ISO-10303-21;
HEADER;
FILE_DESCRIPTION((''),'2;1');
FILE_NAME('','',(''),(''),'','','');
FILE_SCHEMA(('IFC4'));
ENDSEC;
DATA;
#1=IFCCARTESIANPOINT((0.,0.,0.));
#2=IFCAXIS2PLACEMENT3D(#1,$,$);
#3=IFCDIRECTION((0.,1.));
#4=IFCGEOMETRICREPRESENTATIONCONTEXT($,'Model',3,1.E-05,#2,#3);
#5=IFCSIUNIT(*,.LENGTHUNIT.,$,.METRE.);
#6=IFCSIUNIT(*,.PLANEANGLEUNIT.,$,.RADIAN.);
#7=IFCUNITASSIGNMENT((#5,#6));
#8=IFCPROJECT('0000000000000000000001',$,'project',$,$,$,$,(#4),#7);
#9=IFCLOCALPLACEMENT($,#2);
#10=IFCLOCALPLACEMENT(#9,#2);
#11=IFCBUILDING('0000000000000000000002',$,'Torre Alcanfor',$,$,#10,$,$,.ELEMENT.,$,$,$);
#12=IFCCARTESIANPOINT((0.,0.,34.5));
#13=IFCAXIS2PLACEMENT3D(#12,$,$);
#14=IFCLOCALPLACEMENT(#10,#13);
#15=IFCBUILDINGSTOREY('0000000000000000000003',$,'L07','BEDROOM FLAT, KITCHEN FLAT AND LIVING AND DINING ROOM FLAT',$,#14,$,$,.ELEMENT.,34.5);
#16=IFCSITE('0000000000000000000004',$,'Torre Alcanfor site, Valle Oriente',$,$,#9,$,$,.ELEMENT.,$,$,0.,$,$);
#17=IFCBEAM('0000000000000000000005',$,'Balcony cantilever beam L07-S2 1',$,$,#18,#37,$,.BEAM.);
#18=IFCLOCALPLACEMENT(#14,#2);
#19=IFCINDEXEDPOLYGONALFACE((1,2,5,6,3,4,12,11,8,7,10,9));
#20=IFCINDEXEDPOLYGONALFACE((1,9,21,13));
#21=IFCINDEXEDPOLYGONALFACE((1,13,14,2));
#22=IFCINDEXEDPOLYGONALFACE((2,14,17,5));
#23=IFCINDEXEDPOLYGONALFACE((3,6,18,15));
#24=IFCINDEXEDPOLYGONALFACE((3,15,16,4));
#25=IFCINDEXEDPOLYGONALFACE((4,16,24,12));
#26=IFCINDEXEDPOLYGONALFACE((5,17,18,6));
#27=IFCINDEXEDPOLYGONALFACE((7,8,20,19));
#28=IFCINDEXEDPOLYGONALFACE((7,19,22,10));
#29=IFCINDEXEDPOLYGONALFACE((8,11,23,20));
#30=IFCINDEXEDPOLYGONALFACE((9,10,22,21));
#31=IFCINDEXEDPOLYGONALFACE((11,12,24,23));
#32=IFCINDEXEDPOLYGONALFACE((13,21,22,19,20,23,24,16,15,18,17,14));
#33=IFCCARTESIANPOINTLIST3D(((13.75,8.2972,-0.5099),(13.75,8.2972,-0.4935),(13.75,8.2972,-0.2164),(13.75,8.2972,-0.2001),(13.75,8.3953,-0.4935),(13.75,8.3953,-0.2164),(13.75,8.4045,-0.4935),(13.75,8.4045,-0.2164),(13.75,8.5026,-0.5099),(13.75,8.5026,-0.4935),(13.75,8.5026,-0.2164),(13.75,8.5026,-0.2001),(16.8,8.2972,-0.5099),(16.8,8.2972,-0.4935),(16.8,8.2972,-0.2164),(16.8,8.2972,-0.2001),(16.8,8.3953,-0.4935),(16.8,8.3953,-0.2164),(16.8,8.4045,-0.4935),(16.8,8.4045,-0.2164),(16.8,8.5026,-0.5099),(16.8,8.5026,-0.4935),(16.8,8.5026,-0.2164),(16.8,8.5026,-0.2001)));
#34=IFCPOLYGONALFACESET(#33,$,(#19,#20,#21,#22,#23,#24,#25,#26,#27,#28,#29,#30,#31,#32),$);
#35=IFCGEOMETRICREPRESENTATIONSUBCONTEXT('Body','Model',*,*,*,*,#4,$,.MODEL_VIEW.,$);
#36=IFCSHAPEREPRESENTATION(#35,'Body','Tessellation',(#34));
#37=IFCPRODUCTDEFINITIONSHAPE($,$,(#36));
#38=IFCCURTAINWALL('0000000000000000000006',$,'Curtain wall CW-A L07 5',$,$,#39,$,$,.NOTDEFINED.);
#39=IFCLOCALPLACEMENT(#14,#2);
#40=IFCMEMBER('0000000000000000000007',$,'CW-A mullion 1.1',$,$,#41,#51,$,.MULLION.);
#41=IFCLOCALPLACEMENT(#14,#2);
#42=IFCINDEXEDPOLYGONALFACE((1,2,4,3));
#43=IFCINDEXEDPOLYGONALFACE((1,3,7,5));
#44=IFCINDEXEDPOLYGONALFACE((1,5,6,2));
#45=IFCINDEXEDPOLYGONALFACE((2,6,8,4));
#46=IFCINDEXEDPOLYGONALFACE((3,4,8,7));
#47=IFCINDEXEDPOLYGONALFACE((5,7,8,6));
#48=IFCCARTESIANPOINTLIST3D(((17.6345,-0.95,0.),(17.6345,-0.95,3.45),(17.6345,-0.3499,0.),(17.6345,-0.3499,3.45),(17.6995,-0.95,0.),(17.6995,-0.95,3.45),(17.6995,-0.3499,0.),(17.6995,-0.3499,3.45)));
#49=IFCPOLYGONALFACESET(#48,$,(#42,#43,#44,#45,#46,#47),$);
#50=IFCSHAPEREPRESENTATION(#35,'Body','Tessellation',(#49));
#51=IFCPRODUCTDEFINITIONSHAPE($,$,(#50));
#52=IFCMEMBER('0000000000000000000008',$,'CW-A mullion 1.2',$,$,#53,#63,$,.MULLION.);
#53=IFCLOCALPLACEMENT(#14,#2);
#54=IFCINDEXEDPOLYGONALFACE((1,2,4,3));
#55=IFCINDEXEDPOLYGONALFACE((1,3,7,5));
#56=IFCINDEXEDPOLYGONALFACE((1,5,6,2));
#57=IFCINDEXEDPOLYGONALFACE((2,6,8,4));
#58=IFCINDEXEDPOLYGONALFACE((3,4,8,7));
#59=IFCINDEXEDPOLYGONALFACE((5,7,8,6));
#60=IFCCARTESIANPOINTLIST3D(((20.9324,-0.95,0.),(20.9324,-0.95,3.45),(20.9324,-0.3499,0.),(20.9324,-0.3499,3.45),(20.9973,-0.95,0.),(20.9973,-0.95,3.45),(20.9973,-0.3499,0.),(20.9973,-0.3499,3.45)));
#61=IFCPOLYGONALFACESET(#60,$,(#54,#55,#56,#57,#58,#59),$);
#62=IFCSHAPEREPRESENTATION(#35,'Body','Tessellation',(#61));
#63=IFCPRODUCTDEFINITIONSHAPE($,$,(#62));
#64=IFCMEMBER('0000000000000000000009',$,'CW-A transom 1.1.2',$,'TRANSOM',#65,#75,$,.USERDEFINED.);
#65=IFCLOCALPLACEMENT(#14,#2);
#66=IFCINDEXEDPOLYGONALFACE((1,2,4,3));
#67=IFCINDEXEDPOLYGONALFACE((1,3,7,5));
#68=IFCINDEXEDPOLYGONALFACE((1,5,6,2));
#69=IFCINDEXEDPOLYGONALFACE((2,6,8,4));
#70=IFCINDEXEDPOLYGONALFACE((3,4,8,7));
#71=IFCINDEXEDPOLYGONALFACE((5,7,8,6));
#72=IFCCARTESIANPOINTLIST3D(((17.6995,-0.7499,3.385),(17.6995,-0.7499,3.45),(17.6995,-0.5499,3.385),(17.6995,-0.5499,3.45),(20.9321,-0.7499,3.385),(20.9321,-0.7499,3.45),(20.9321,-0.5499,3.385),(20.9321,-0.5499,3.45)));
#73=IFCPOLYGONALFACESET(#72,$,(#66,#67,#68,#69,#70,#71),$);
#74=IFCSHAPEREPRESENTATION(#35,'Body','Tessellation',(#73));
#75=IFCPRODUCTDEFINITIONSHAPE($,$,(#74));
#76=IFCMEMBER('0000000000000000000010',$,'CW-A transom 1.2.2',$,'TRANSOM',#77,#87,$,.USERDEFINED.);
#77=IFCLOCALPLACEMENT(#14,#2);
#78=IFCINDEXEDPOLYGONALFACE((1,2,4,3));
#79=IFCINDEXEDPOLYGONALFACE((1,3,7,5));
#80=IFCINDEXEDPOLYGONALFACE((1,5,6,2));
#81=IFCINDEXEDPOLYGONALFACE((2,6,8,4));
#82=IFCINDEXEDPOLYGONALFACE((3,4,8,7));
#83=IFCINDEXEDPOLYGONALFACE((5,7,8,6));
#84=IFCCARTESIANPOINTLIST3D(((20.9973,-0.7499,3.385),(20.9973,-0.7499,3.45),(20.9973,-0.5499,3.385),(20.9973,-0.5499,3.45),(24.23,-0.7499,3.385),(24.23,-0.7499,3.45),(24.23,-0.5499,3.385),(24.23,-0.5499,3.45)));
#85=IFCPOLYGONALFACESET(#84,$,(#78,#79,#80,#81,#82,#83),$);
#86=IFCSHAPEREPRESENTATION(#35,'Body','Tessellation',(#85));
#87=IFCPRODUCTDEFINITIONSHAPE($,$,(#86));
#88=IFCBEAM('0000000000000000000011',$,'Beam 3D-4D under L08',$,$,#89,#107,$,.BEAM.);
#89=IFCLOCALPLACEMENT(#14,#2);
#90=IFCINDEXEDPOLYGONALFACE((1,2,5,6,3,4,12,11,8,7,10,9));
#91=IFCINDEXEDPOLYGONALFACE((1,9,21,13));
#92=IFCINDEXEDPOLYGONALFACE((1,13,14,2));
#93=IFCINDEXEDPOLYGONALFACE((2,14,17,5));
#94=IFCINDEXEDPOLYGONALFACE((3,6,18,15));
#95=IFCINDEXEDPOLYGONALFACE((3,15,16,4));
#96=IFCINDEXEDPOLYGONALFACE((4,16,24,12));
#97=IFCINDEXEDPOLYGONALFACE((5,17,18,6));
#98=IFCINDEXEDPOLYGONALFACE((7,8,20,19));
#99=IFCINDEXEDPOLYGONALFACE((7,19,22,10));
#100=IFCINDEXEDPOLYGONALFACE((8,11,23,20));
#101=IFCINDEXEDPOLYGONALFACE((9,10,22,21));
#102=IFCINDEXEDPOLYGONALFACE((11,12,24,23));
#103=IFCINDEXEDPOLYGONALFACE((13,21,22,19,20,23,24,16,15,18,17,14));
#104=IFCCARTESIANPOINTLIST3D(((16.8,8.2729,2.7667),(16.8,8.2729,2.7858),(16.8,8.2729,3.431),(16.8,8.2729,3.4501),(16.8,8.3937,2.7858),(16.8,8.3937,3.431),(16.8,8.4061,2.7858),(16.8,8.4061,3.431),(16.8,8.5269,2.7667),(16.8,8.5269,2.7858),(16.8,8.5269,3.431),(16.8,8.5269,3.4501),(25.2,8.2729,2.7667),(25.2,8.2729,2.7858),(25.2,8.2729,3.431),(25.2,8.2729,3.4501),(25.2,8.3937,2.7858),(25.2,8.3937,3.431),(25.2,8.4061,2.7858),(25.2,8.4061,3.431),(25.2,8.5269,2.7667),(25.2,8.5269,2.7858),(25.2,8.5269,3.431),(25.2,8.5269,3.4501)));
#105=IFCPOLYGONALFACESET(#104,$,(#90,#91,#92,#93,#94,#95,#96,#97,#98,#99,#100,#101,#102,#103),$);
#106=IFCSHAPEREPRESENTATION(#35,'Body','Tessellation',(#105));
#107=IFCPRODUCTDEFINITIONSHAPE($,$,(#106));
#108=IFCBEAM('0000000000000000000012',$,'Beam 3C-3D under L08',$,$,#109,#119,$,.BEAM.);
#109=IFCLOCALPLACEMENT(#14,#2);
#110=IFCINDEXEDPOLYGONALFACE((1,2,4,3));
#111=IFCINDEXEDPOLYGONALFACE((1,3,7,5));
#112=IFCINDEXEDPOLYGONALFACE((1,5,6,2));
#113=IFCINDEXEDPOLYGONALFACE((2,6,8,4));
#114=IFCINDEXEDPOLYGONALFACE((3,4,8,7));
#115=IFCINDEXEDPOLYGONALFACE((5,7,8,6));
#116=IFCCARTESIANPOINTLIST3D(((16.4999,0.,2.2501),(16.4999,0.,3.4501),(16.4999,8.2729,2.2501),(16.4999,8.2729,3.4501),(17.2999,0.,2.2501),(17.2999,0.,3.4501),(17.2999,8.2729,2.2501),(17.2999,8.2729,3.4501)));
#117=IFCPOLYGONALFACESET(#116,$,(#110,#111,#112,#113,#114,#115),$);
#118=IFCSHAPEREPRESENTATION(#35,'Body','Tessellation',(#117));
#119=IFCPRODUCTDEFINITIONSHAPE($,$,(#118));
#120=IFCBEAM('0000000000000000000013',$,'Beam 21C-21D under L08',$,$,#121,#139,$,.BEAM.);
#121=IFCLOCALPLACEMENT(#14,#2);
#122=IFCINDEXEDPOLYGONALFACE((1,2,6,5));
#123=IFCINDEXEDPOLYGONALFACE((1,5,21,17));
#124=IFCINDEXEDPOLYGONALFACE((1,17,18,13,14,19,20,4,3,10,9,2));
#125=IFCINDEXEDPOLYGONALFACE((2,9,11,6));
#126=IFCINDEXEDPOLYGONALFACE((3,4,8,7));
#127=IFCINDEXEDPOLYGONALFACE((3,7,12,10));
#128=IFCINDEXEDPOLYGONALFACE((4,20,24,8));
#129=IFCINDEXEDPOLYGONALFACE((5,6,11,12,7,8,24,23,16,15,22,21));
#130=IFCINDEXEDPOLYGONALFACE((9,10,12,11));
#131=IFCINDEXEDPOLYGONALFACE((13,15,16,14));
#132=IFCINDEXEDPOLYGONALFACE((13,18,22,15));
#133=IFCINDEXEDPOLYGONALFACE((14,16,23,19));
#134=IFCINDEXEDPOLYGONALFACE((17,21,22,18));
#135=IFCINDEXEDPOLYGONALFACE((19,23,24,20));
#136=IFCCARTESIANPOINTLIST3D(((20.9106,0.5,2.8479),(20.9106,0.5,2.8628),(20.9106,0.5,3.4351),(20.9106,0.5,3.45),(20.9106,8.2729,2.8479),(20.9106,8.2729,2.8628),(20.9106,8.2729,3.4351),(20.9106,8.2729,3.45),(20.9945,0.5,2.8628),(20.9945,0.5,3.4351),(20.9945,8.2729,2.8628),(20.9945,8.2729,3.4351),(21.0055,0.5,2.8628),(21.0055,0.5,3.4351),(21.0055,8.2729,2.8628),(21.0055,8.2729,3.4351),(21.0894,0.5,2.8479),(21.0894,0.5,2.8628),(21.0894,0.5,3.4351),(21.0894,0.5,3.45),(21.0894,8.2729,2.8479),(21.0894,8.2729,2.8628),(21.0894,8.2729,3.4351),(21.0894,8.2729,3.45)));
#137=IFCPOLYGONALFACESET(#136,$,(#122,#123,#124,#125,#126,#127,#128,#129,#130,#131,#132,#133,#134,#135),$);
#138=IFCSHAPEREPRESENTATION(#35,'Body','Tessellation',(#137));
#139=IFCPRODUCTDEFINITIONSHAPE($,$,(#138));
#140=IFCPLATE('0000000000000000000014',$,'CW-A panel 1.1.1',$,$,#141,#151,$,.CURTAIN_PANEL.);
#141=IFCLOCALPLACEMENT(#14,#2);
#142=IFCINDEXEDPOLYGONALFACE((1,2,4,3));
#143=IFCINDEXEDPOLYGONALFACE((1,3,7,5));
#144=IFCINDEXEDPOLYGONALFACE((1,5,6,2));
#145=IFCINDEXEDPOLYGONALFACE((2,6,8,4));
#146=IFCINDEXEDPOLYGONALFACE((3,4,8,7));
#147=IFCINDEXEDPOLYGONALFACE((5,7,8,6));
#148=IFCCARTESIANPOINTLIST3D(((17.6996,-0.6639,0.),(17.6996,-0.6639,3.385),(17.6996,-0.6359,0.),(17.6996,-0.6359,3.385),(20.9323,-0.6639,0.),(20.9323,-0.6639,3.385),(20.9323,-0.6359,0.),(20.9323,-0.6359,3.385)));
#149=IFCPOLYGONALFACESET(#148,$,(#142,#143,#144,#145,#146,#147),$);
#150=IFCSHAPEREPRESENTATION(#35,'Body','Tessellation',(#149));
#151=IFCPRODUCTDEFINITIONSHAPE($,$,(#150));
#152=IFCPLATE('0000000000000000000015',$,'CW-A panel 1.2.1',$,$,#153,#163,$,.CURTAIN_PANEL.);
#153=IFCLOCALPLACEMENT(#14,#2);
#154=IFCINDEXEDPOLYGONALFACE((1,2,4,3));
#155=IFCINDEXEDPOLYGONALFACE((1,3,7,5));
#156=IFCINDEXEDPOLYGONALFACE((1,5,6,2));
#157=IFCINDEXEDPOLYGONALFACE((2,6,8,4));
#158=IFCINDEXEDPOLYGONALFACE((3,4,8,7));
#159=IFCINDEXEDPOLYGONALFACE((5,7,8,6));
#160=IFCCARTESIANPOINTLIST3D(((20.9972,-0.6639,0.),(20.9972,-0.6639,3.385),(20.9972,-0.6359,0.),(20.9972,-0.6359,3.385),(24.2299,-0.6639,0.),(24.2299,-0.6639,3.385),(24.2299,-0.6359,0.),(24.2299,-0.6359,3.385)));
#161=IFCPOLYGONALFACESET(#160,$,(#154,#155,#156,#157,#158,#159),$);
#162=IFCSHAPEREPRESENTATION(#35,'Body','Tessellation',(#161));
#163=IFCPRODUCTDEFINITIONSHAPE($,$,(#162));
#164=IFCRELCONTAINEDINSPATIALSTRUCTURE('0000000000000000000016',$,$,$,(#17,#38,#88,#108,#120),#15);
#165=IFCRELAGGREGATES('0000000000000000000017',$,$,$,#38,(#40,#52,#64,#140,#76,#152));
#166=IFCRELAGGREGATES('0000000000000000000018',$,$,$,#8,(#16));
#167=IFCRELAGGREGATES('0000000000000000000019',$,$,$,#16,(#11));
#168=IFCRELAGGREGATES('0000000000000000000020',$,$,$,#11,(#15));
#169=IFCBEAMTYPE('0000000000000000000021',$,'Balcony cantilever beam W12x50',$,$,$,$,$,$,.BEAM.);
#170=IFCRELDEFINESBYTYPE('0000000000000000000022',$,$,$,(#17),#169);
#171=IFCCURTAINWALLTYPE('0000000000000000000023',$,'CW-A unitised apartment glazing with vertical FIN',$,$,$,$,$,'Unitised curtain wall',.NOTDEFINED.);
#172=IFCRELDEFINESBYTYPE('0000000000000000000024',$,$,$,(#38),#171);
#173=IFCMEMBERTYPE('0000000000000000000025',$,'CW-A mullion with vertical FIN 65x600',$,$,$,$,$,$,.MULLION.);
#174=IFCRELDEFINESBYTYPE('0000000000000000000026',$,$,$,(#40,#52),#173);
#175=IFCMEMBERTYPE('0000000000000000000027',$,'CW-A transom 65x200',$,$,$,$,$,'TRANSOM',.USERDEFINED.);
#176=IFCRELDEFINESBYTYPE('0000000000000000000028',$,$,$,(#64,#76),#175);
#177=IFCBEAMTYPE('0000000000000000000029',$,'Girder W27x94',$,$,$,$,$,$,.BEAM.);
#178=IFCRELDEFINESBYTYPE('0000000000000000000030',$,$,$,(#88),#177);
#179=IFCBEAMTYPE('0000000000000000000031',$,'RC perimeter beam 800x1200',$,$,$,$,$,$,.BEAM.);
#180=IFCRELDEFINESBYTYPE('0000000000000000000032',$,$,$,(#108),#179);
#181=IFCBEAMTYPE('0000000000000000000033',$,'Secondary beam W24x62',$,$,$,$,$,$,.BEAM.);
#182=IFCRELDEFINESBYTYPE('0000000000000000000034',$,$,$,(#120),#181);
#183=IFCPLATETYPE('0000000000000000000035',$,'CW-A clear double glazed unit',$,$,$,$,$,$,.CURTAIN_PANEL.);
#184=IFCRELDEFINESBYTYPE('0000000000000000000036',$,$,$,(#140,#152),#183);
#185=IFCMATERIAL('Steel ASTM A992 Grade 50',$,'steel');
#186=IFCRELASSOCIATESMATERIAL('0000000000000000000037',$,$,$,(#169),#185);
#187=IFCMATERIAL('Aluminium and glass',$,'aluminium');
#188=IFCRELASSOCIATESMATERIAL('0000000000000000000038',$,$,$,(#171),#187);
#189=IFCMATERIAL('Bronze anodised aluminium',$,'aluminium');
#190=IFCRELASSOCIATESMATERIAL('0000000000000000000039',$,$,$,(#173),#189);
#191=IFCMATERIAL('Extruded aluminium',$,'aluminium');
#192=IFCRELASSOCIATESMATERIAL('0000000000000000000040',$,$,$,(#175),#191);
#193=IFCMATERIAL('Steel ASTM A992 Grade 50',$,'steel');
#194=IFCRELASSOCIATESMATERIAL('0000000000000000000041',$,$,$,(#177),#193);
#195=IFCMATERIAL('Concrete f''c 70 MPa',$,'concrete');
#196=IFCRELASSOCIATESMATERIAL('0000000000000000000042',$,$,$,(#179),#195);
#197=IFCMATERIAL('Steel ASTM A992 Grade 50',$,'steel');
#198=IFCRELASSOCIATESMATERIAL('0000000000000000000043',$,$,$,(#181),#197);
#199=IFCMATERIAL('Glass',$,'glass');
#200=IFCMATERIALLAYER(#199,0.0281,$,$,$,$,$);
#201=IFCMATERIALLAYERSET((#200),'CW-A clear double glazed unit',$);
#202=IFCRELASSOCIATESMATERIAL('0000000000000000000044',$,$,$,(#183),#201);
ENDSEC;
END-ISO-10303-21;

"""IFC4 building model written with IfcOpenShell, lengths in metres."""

from ifc_helpers import new_model, si_unit, direction, frame, origin, origin_2d, place, context, subcontext, project, spatial, rectangle, i_section, extrude, material, layer, layer_set, material_profile, profile_set, type_object, element, aggregate, save


model = new_model("IFC4")

# Units and contexts
model_context = context("Model", 3, precision=1e-05, world=origin(), true_north=direction((0.0, 1.0)))
body_context = subcontext(model_context, "Body", "Model", "MODEL_VIEW")
ifc_project = project(units=[si_unit("LENGTHUNIT", "METRE"), si_unit("PLANEANGLEUNIT", "RADIAN")], contexts=[model_context])

# Site, building, storey
site_placement = place(None, origin())
site = spatial("IfcSite", under=ifc_project, at=site_placement, Name="Torre Alcanfor site, Valle Oriente", CompositionType="ELEMENT", RefElevation=0.0)
building_placement = place(site_placement, origin())
building = spatial("IfcBuilding", under=site, at=building_placement, Name="Torre Alcanfor", CompositionType="ELEMENT")
storey_placement = place(building_placement, frame((0.0, 0.0, 34.5)))
storey = spatial("IfcBuildingStorey", under=building, at=storey_placement, Name="L07", Description="BEDROOM FLAT, KITCHEN FLAT AND LIVING AND DINING ROOM FLAT", CompositionType="ELEMENT", Elevation=34.5)

# Beam
ifc_material_1 = material(Name="Steel ASTM A992 Grade 50", Category="steel")
ifc_material_profile_1 = material_profile(ifc_material_1, i_section(OverallWidth=0.2053, OverallDepth=0.3098, WebThickness=0.0093, FlangeThickness=0.0164, at=origin_2d()), Name="W12x50")
ifc_profile_set_1 = profile_set([ifc_material_profile_1], Name="Steel ASTM A992 Grade 50")
beam_type_1 = type_object("IfcBeamType", Name="Balcony cantilever beam W12x50", PredefinedType="BEAM", material=ifc_profile_set_1)
beam_1_placement = place(storey_placement, frame((16.8, 8.3999, -0.355), z_axis=(-1.0, 0.0, 0.0), x_axis=(0.0, -1.0, 0.0)))
element("IfcBeam", 1, at=beam_1_placement, inside=storey, type_object=beam_type_1, Name="Balcony cantilever beam L07-S2 1", PredefinedType="BEAM", context=body_context, shape_type="SweptSolid", body=[
    extrude(i_section(OverallWidth=0.2053, OverallDepth=0.3098, WebThickness=0.0093, FlangeThickness=0.0164, at=origin_2d()), origin(), (0.0, 0.0, 1.0), 3.05),
])

# Curtain wall, members
ifc_material_2 = material(Name="Aluminium and glass", Category="aluminium")
curtain_wall_type = type_object("IfcCurtainWallType", Name="CW-A unitised apartment glazing with vertical FIN", ElementType="Unitised curtain wall", PredefinedType="NOTDEFINED", material=ifc_material_2)
curtain_wall_placement = place(storey_placement, origin())
curtain_wall = element("IfcCurtainWall", 2, at=curtain_wall_placement, inside=storey, type_object=curtain_wall_type, Name="Curtain wall CW-A L07 5", PredefinedType="NOTDEFINED")
ifc_material_3 = material(Name="Bronze anodised aluminium", Category="aluminium")
ifc_material_profile_2 = material_profile(ifc_material_3, rectangle(XDim=0.6001, YDim=0.0649, at=origin_2d()), Name="CW-A mullion 65x600")
ifc_profile_set_2 = profile_set([ifc_material_profile_2], Name="Bronze anodised aluminium")
member_type_1 = type_object("IfcMemberType", Name="CW-A mullion with vertical FIN 65x600", PredefinedType="MULLION", material=ifc_profile_set_2)
member_1_placement = place(storey_placement, frame((17.667, -0.6499, 0.0), z_axis=(0.0, 0.0, 1.0), x_axis=(0.0, 1.0, 0.0)))
member_1 = element("IfcMember", 3, at=member_1_placement, type_object=member_type_1, Name="CW-A mullion 1.1", PredefinedType="MULLION", context=body_context, shape_type="SweptSolid", body=[
    extrude(rectangle(XDim=0.6001, YDim=0.0649, at=origin_2d()), origin(), (0.0, 0.0, 1.0), 3.45),
])
member_2_placement = place(storey_placement, frame((20.9648, -0.6499, 0.0), z_axis=(0.0, 0.0, 1.0), x_axis=(0.0, 1.0, 0.0)))
member_2 = element("IfcMember", 4, at=member_2_placement, type_object=member_type_1, Name="CW-A mullion 1.2", PredefinedType="MULLION", context=body_context, shape_type="SweptSolid", body=[
    extrude(rectangle(XDim=0.6001, YDim=0.0649, at=origin_2d()), origin(), (0.0, 0.0, 1.0), 3.45),
])
ifc_material_4 = material(Name="Extruded aluminium", Category="aluminium")
ifc_material_profile_3 = material_profile(ifc_material_4, rectangle(XDim=0.2, YDim=0.0649, at=origin_2d()), Name="CW-A transom 200x65")
ifc_profile_set_3 = profile_set([ifc_material_profile_3], Name="Extruded aluminium")
member_type_2 = type_object("IfcMemberType", Name="CW-A transom 65x200", ElementType="TRANSOM", PredefinedType="USERDEFINED", material=ifc_profile_set_3)
member_3_placement = place(storey_placement, frame((17.6995, -0.6499, 3.4175), z_axis=(1.0, 0.0, 0.0), x_axis=(0.0, 1.0, 0.0)))
member_3 = element("IfcMember", 5, at=member_3_placement, type_object=member_type_2, Name="CW-A transom 1.1.2", ObjectType="TRANSOM", PredefinedType="USERDEFINED", context=body_context, shape_type="SweptSolid", body=[
    extrude(rectangle(XDim=0.2, YDim=0.0649, at=origin_2d()), origin(), (0.0, 0.0, 1.0), 3.2327),
])
member_4_placement = place(storey_placement, frame((20.9973, -0.6499, 3.4175), z_axis=(1.0, 0.0, 0.0), x_axis=(0.0, 1.0, 0.0)))
member_4 = element("IfcMember", 6, at=member_4_placement, type_object=member_type_2, Name="CW-A transom 1.2.2", ObjectType="TRANSOM", PredefinedType="USERDEFINED", context=body_context, shape_type="SweptSolid", body=[
    extrude(rectangle(XDim=0.2, YDim=0.0649, at=origin_2d()), origin(), (0.0, 0.0, 1.0), 3.2327),
])

# Beams
ifc_material_5 = material(Name="Steel ASTM A992 Grade 50", Category="steel")
ifc_material_profile_4 = material_profile(ifc_material_5, i_section(OverallWidth=0.2539, OverallDepth=0.6833, WebThickness=0.0125, FlangeThickness=0.019, at=origin_2d()), Name="W27x94")
ifc_profile_set_4 = profile_set([ifc_material_profile_4], Name="Steel ASTM A992 Grade 50")
beam_type_2 = type_object("IfcBeamType", Name="Girder W27x94", PredefinedType="BEAM", material=ifc_profile_set_4)
beam_2_placement = place(storey_placement, frame((16.8, 8.3999, 3.1084), z_axis=(1.0, 0.0, 0.0), x_axis=(0.0, 1.0, 0.0)))
element("IfcBeam", 7, at=beam_2_placement, inside=storey, type_object=beam_type_2, Name="Beam 3D-4D under L08", PredefinedType="BEAM", context=body_context, shape_type="SweptSolid", body=[
    extrude(i_section(OverallWidth=0.2539, OverallDepth=0.6833, WebThickness=0.0125, FlangeThickness=0.019, at=origin_2d()), origin(), (0.0, 0.0, 1.0), 8.3999),
])
ifc_material_6 = material(Name="Concrete f'c 70 MPa", Category="concrete")
ifc_material_profile_5 = material_profile(ifc_material_6, rectangle(XDim=0.8, YDim=1.2, at=origin_2d()), Name="800x1200")
ifc_profile_set_5 = profile_set([ifc_material_profile_5], Name="Concrete f'c 70 MPa")
beam_type_3 = type_object("IfcBeamType", Name="RC perimeter beam 800x1200", PredefinedType="BEAM", material=ifc_profile_set_5)
beam_3_placement = place(storey_placement, frame((16.8999, 0.0, 2.8501), z_axis=(0.0, 1.0, 0.0), x_axis=(-1.0, 0.0, 0.0)))
element("IfcBeam", 8, at=beam_3_placement, inside=storey, type_object=beam_type_3, Name="Beam 3C-3D under L08", PredefinedType="BEAM", context=body_context, shape_type="SweptSolid", body=[
    extrude(rectangle(XDim=0.8, YDim=1.2, at=origin_2d()), origin(), (0.0, 0.0, 1.0), 8.2729),
])
ifc_material_7 = material(Name="Steel ASTM A992 Grade 50", Category="steel")
ifc_material_profile_6 = material_profile(ifc_material_7, i_section(OverallWidth=0.1787, OverallDepth=0.6021, WebThickness=0.011, FlangeThickness=0.0149, at=origin_2d()), Name="W24x62")
ifc_profile_set_6 = profile_set([ifc_material_profile_6], Name="Steel ASTM A992 Grade 50")
beam_type_4 = type_object("IfcBeamType", Name="Secondary beam W24x62", PredefinedType="BEAM", material=ifc_profile_set_6)
beam_4_placement = place(storey_placement, frame((21.0, 0.5, 3.1489), z_axis=(0.0, 1.0, 0.0), x_axis=(-1.0, 0.0, 0.0)))
element("IfcBeam", 9, at=beam_4_placement, inside=storey, type_object=beam_type_4, Name="Beam 21C-21D under L08", PredefinedType="BEAM", context=body_context, shape_type="SweptSolid", body=[
    extrude(i_section(OverallWidth=0.1787, OverallDepth=0.6021, WebThickness=0.011, FlangeThickness=0.0149, at=origin_2d()), origin(), (0.0, 0.0, 1.0), 7.7729),
])

# Plates
ifc_material_8 = material(Name="Glass", Category="glass")
ifc_layer_1 = layer(ifc_material_8, 0.0281)
ifc_layer_set_1 = layer_set([ifc_layer_1], Name="CW-A clear double glazed unit")
plate_type = type_object("IfcPlateType", Name="CW-A clear double glazed unit", PredefinedType="CURTAIN_PANEL", material=ifc_layer_set_1)
plate_1_placement = place(storey_placement, frame((19.3159, -0.6499, 0.0), z_axis=(0.0, 0.0, 1.0), x_axis=(1.0, 0.0, 0.0)))
plate_1 = element("IfcPlate", 10, at=plate_1_placement, type_object=plate_type, Name="CW-A panel 1.1.1", PredefinedType="CURTAIN_PANEL", context=body_context, shape_type="SweptSolid", body=[
    extrude(rectangle(XDim=3.2327, YDim=0.0281, at=origin_2d()), origin(), (0.0, 0.0, 1.0), 3.385),
])
plate_2_placement = place(storey_placement, frame((22.6135, -0.6499, 0.0), z_axis=(0.0, 0.0, 1.0), x_axis=(1.0, 0.0, 0.0)))
plate_2 = element("IfcPlate", 11, at=plate_2_placement, type_object=plate_type, Name="CW-A panel 1.2.1", PredefinedType="CURTAIN_PANEL", context=body_context, shape_type="SweptSolid", body=[
    extrude(rectangle(XDim=3.2327, YDim=0.0281, at=origin_2d()), origin(), (0.0, 0.0, 1.0), 3.385),
])
aggregate(curtain_wall, [member_1, member_2, member_3, plate_1, member_4, plate_2])

save(model, "model.ifc")
